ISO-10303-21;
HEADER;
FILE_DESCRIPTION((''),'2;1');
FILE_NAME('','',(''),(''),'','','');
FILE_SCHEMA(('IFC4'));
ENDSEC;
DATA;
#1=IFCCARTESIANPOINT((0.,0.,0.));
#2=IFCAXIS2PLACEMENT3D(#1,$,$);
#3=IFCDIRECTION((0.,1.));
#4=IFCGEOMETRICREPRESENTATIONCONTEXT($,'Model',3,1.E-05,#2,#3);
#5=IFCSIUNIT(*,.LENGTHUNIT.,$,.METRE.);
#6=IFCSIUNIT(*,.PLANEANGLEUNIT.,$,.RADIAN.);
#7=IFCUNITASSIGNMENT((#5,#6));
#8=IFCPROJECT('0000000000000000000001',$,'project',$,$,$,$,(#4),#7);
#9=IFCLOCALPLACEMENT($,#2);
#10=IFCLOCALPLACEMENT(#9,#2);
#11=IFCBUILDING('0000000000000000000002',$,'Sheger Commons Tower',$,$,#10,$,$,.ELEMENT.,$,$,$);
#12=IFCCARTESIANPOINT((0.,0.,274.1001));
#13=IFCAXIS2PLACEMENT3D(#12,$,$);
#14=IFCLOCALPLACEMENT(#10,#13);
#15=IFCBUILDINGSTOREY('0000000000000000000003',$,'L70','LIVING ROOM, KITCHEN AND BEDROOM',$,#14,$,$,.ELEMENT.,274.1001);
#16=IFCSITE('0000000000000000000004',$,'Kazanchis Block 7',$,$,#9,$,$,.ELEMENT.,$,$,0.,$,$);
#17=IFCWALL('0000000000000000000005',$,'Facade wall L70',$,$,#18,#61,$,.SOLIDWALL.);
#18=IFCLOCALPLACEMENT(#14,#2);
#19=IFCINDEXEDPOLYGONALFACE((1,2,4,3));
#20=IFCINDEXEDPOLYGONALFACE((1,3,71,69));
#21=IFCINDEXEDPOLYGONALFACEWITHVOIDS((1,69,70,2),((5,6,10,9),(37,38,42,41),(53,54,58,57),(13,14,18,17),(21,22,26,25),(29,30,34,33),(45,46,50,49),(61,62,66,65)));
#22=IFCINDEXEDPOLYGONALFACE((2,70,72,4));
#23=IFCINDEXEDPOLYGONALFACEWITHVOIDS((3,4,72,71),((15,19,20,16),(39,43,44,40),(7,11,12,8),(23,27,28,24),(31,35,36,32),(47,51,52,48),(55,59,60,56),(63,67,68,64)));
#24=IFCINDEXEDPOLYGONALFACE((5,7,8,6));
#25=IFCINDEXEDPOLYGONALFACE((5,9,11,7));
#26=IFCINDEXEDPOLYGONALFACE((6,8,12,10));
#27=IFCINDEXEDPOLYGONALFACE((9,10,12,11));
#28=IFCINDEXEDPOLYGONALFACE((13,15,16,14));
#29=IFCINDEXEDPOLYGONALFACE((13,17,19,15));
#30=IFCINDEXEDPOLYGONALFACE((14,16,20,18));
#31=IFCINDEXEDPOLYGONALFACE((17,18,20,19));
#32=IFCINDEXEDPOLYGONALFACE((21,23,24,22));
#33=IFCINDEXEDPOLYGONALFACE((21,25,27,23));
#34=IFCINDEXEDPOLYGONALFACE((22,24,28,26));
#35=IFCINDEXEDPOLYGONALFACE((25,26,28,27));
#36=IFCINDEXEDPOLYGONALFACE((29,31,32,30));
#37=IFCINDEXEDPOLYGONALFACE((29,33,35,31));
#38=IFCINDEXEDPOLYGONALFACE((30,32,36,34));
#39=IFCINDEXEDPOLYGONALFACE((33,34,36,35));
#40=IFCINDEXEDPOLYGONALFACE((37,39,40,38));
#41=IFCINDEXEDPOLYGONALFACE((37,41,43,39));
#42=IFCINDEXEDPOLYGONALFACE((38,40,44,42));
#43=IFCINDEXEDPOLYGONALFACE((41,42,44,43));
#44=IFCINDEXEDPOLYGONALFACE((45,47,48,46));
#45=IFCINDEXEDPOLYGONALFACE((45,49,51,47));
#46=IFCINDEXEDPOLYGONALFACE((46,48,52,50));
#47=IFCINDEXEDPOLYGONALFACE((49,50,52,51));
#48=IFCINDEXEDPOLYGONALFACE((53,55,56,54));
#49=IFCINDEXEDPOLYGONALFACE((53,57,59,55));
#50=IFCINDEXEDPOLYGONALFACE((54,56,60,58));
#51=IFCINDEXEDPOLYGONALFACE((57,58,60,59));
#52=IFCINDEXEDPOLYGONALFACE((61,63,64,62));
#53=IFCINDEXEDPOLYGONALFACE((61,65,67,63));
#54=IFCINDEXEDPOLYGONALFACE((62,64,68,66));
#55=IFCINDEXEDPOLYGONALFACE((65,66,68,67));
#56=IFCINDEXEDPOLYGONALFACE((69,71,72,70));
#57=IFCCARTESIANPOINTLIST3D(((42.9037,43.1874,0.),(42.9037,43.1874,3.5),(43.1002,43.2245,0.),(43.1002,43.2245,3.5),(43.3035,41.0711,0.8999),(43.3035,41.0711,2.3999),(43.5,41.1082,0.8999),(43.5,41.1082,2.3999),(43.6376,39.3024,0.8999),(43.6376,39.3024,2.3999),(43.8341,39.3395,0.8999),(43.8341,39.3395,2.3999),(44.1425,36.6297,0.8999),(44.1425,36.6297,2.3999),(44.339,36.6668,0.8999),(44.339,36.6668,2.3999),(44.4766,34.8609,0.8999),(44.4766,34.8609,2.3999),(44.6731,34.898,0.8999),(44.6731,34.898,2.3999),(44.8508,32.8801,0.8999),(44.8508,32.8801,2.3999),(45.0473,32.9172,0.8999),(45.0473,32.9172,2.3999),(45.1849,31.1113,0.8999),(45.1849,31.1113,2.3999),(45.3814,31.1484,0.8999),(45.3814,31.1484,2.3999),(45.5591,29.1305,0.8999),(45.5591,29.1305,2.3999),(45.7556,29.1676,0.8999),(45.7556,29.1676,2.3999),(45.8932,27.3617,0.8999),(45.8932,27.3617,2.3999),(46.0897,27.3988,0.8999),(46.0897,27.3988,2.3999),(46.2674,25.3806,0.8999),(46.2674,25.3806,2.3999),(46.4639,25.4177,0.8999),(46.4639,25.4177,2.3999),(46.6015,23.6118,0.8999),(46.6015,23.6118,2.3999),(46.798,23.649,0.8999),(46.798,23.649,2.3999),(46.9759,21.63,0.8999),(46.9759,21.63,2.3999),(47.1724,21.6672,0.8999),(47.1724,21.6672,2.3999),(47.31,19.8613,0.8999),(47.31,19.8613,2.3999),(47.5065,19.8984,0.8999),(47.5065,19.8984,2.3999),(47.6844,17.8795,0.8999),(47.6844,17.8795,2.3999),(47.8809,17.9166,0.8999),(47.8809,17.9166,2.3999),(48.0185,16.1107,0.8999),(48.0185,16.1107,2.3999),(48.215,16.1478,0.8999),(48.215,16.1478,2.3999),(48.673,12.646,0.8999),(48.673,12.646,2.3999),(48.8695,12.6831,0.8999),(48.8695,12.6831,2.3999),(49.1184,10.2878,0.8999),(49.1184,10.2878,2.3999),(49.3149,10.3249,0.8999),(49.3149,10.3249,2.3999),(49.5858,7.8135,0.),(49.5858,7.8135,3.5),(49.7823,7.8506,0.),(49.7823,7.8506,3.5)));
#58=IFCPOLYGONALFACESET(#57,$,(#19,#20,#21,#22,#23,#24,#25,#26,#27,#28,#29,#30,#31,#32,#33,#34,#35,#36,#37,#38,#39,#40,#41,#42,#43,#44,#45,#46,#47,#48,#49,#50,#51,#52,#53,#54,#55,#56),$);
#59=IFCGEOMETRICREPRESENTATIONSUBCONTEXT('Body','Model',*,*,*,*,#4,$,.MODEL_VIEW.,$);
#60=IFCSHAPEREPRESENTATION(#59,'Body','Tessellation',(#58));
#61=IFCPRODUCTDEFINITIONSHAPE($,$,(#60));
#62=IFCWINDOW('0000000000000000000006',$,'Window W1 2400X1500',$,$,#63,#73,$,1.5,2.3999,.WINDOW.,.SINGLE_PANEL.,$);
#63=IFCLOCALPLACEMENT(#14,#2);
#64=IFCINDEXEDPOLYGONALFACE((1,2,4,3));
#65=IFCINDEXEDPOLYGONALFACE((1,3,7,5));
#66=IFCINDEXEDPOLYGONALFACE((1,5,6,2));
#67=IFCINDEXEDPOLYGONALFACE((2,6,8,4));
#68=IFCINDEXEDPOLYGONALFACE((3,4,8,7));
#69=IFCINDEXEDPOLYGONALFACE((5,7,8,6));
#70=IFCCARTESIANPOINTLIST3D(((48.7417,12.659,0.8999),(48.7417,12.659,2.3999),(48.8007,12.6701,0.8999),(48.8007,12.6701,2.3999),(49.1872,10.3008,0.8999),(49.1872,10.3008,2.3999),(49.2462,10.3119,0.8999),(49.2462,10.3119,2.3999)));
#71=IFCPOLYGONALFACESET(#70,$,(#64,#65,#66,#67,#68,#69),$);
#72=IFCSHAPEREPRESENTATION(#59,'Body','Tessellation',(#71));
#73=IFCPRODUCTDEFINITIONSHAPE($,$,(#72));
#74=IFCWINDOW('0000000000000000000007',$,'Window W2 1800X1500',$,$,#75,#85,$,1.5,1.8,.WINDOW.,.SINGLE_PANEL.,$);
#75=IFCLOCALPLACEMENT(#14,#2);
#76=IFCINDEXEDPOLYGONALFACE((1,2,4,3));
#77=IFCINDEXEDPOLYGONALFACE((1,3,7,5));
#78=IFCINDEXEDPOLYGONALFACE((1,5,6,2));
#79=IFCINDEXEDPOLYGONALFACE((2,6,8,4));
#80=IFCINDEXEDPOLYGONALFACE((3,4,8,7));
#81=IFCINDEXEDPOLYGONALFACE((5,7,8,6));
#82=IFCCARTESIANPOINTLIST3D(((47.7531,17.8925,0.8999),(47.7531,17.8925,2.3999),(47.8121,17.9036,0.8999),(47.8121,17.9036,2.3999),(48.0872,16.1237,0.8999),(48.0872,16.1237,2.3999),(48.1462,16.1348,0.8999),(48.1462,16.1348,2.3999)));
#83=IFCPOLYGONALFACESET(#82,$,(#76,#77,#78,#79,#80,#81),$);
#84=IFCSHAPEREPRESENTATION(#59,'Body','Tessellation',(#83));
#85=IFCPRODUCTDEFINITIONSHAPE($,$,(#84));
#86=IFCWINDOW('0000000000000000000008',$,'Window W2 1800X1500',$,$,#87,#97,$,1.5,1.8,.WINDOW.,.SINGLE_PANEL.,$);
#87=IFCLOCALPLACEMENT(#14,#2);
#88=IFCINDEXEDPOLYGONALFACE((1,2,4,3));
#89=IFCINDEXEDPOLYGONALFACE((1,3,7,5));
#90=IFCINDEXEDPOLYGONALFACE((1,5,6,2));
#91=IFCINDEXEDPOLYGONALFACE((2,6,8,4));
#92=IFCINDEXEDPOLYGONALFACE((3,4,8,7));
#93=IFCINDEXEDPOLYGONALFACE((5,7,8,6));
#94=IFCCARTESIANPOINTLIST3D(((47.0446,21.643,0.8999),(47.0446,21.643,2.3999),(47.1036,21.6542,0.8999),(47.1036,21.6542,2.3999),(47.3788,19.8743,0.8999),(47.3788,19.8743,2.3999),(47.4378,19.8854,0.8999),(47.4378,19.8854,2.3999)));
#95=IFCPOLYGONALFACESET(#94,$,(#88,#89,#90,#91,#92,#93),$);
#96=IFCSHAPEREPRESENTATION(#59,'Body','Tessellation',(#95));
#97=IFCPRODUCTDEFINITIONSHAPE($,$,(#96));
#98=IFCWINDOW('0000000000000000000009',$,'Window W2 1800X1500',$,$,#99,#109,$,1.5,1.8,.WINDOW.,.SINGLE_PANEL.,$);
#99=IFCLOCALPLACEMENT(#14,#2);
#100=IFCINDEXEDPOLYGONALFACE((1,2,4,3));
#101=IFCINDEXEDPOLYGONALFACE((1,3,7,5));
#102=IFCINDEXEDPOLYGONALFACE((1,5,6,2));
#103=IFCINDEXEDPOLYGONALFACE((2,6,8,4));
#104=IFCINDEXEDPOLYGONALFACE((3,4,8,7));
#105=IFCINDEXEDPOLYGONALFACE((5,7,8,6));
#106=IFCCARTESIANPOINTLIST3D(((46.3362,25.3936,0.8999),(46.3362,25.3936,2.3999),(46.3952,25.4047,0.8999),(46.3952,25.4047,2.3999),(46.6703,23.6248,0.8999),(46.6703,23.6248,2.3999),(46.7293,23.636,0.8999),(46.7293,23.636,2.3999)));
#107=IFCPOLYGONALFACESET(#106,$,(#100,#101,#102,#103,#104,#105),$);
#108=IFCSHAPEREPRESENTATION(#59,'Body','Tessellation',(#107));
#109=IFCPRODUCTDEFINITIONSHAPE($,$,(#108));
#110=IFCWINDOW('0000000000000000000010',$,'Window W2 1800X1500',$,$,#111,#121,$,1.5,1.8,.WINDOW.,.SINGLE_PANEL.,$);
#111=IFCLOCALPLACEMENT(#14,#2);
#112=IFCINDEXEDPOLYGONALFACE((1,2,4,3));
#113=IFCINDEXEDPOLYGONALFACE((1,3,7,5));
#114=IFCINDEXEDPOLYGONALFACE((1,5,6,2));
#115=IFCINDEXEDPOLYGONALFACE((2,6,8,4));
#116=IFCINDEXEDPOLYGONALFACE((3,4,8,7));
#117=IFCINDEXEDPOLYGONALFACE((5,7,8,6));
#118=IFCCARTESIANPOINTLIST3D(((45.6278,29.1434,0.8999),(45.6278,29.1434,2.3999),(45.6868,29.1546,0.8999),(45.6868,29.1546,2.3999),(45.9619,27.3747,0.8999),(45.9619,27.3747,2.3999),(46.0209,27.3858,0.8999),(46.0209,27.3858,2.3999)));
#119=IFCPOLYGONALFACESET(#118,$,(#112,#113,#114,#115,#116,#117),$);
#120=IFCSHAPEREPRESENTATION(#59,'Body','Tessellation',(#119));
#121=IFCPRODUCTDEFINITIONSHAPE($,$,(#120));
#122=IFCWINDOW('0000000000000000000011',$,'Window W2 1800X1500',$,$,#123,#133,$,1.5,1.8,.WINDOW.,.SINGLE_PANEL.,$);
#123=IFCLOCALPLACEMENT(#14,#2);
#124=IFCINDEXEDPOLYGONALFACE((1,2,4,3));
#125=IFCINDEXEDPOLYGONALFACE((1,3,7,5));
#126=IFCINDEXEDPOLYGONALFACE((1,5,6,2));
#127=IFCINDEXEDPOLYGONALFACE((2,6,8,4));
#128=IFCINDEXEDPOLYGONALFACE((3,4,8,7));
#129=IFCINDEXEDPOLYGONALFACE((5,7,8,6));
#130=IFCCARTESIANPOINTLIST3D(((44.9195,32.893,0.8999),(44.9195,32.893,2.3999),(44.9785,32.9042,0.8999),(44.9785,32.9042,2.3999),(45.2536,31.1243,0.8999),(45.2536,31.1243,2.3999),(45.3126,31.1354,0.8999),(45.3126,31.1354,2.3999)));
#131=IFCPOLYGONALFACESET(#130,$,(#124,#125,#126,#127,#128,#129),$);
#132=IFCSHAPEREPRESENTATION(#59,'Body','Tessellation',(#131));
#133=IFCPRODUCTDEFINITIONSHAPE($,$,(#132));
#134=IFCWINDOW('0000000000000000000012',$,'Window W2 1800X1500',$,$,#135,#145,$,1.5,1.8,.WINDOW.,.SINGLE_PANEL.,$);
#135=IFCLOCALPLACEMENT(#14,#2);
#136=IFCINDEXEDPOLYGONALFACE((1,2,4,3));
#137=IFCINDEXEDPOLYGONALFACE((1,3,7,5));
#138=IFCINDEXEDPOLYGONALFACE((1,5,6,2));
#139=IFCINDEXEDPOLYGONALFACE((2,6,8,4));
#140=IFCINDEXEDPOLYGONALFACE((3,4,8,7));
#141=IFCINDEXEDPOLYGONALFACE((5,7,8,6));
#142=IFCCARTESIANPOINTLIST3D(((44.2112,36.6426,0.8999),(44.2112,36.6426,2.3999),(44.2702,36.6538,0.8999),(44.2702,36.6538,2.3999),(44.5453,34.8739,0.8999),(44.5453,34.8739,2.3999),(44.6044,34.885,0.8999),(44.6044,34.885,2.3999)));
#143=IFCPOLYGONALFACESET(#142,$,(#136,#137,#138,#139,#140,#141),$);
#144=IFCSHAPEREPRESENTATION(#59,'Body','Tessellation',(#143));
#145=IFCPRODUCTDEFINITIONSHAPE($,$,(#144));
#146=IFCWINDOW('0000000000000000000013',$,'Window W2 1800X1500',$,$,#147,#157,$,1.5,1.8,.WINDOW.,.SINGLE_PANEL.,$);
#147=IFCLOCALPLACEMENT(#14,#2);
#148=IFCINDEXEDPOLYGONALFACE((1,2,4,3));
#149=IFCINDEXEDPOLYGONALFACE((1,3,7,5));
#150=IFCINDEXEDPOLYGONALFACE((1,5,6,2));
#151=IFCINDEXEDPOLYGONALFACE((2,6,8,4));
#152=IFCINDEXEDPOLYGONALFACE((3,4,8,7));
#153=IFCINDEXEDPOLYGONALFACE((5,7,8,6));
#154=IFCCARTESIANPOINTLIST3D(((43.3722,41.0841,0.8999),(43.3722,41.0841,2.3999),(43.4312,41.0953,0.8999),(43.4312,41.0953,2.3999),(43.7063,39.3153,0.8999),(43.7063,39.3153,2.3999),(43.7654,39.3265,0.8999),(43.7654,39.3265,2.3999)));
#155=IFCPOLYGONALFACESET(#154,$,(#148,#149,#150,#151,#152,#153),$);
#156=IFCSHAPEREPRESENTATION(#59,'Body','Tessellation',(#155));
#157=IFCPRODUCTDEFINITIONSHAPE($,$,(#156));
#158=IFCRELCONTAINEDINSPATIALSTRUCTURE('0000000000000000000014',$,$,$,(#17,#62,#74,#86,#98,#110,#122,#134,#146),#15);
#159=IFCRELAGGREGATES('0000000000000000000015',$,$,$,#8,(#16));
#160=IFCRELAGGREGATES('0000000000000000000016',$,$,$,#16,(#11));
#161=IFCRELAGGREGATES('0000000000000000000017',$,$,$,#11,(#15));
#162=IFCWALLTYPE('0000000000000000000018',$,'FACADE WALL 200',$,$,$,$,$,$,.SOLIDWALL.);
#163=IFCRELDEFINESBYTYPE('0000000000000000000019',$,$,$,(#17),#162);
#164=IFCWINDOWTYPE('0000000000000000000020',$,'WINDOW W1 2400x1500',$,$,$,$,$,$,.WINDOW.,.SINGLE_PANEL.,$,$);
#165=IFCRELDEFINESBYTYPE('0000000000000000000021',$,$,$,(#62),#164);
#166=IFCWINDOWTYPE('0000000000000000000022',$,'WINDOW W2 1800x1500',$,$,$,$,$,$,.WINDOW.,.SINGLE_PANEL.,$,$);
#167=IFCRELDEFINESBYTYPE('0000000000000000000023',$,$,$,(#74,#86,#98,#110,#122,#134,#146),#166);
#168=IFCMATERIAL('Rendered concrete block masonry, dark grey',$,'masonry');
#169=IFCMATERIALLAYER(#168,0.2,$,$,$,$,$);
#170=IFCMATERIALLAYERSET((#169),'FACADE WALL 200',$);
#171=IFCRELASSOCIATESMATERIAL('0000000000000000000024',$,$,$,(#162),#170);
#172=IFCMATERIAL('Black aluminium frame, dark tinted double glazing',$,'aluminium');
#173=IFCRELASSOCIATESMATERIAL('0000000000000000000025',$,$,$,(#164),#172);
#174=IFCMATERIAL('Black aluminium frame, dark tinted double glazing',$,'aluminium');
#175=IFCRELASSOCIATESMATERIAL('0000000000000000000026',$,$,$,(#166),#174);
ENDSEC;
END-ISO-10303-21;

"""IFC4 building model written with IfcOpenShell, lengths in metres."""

from ifc_helpers import new_model, si_unit, direction, frame, frame_2d, origin, place, context, subcontext, project, spatial, rectangle, extrude, material, layer, layer_set, type_object, element, fill, save


model = new_model("IFC4")

# Units and contexts
model_context = context("Model", 3, precision=1e-05, world=origin(), true_north=direction((0.0, 1.0)))
body_context = subcontext(model_context, "Body", "Model", "MODEL_VIEW")
ifc_project = project(units=[si_unit("LENGTHUNIT", "METRE"), si_unit("PLANEANGLEUNIT", "RADIAN")], contexts=[model_context])

# Site, building, storey
site_placement = place(None, origin())
site = spatial("IfcSite", under=ifc_project, at=site_placement, Name="Kazanchis Block 7", CompositionType="ELEMENT", RefElevation=0.0)
building_placement = place(site_placement, origin())
building = spatial("IfcBuilding", under=site, at=building_placement, Name="Sheger Commons Tower", CompositionType="ELEMENT")
storey_placement = place(building_placement, frame((0.0, 0.0, 274.1001)))
storey = spatial("IfcBuildingStorey", under=building, at=storey_placement, Name="L70", Description="LIVING ROOM, KITCHEN AND BEDROOM", CompositionType="ELEMENT", Elevation=274.1001)

# Shared definitions
ifc_material_1 = material(Name="Rendered concrete block masonry, dark grey", Category="masonry")
ifc_layer_1 = layer(ifc_material_1, 0.2)
ifc_layer_set_1 = layer_set([ifc_layer_1], Name="FACADE WALL 200")
wall_type_1 = type_object("IfcWallType", Name="FACADE WALL 200", PredefinedType="SOLIDWALL", material=ifc_layer_set_1)

# Wall, openings, windows
wall_1_placement = place(storey_placement, frame((49.6841, 7.832, 0.0), z_axis=(0.0, 0.0, 1.0), x_axis=(-0.185617, 0.982622, 0.0)))
wall_1 = element("IfcWall", 1, at=wall_1_placement, inside=storey, type_object=wall_type_1, Name="Facade wall L70", PredefinedType="SOLIDWALL", context=body_context, shape_type="SweptSolid", body=[
    extrude(rectangle(XDim=35.9995, YDim=0.2, at=frame_2d((17.9998, 0.0))), origin(), (0.0, 0.0, 1.0), 3.5),
])
opening_1_placement = place(wall_1_placement, frame((2.5181, 0.0, 0.8999)))
opening_1 = element("IfcOpeningElement", 2, at=opening_1_placement, cuts=wall_1, PredefinedType="OPENING", context=body_context, shape_type="SweptSolid", body=[
    extrude(rectangle(XDim=2.3999, YDim=1.5, at=frame_2d((1.2, 0.75))), frame((0.0, 0.1099, 0.0), z_axis=(0.0, -1.0, 0.0), x_axis=(1.0, 0.0, 0.0)), (0.0, 0.0, 1.0), 0.22),
])
opening_2_placement = place(wall_1_placement, frame((8.4441, 0.0, 0.8999)))
opening_2 = element("IfcOpeningElement", 3, at=opening_2_placement, cuts=wall_1, PredefinedType="OPENING", context=body_context, shape_type="SweptSolid", body=[
    extrude(rectangle(XDim=1.8, YDim=1.5, at=frame_2d((0.8999, 0.75))), frame((0.0, 0.1099, 0.0), z_axis=(0.0, -1.0, 0.0), x_axis=(1.0, 0.0, 0.0)), (0.0, 0.0, 1.0), 0.22),
])
opening_3_placement = place(wall_1_placement, frame((12.261, 0.0, 0.8999)))
opening_3 = element("IfcOpeningElement", 4, at=opening_3_placement, cuts=wall_1, PredefinedType="OPENING", context=body_context, shape_type="SweptSolid", body=[
    extrude(rectangle(XDim=1.8, YDim=1.5, at=frame_2d((0.8999, 0.75))), frame((0.0, 0.1099, 0.0), z_axis=(0.0, -1.0, 0.0), x_axis=(1.0, 0.0, 0.0)), (0.0, 0.0, 1.0), 0.22),
])
opening_4_placement = place(wall_1_placement, frame((16.0779, 0.0, 0.8999)))
opening_4 = element("IfcOpeningElement", 5, at=opening_4_placement, cuts=wall_1, PredefinedType="OPENING", context=body_context, shape_type="SweptSolid", body=[
    extrude(rectangle(XDim=1.8, YDim=1.5, at=frame_2d((0.8999, 0.75))), frame((0.0, 0.1099, 0.0), z_axis=(0.0, -1.0, 0.0), x_axis=(1.0, 0.0, 0.0)), (0.0, 0.0, 1.0), 0.22),
])
opening_5_placement = place(wall_1_placement, frame((19.894, 0.0, 0.8999)))
opening_5 = element("IfcOpeningElement", 6, at=opening_5_placement, cuts=wall_1, PredefinedType="OPENING", context=body_context, shape_type="SweptSolid", body=[
    extrude(rectangle(XDim=1.8, YDim=1.5, at=frame_2d((0.8999, 0.75))), frame((0.0, 0.1099, 0.0), z_axis=(0.0, -1.0, 0.0), x_axis=(1.0, 0.0, 0.0)), (0.0, 0.0, 1.0), 0.22),
])
opening_6_placement = place(wall_1_placement, frame((23.71, 0.0, 0.8999)))
opening_6 = element("IfcOpeningElement", 7, at=opening_6_placement, cuts=wall_1, PredefinedType="OPENING", context=body_context, shape_type="SweptSolid", body=[
    extrude(rectangle(XDim=1.8, YDim=1.5, at=frame_2d((0.8999, 0.75))), frame((0.0, 0.1099, 0.0), z_axis=(0.0, -1.0, 0.0), x_axis=(1.0, 0.0, 0.0)), (0.0, 0.0, 1.0), 0.22),
])
opening_7_placement = place(wall_1_placement, frame((27.5259, 0.0, 0.8999)))
opening_7 = element("IfcOpeningElement", 8, at=opening_7_placement, cuts=wall_1, PredefinedType="OPENING", context=body_context, shape_type="SweptSolid", body=[
    extrude(rectangle(XDim=1.8, YDim=1.5, at=frame_2d((0.8999, 0.75))), frame((0.0, 0.1099, 0.0), z_axis=(0.0, -1.0, 0.0), x_axis=(1.0, 0.0, 0.0)), (0.0, 0.0, 1.0), 0.22),
])
opening_8_placement = place(wall_1_placement, frame((32.0459, 0.0, 0.8999)))
opening_8 = element("IfcOpeningElement", 9, at=opening_8_placement, cuts=wall_1, PredefinedType="OPENING", context=body_context, shape_type="SweptSolid", body=[
    extrude(rectangle(XDim=1.8, YDim=1.5, at=frame_2d((0.8999, 0.75))), frame((0.0, 0.1099, 0.0), z_axis=(0.0, -1.0, 0.0), x_axis=(1.0, 0.0, 0.0)), (0.0, 0.0, 1.0), 0.22),
])
ifc_material_2 = material(Name="Black aluminium frame, dark tinted double glazing", Category="aluminium")
window_type_1 = type_object("IfcWindowType", Name="WINDOW W1 2400x1500", PartitioningType="SINGLE_PANEL", PredefinedType="WINDOW", material=ifc_material_2)
window_1_placement = place(opening_1_placement, origin())
window_1 = element("IfcWindow", 10, at=window_1_placement, inside=storey, type_object=window_type_1, Name="Window W1 2400X1500", OverallHeight=1.5, OverallWidth=2.3999, PartitioningType="SINGLE_PANEL", PredefinedType="WINDOW", context=body_context, shape_type="SweptSolid", body=[
    extrude(rectangle(XDim=2.3999, YDim=1.5, at=frame_2d((1.2, 0.75))), frame((0.0, 0.03, 0.0), z_axis=(0.0, -1.0, 0.0), x_axis=(1.0, 0.0, 0.0)), (0.0, 0.0, 1.0), 0.0601),
])
fill(opening_1, window_1)
ifc_material_3 = material(Name="Black aluminium frame, dark tinted double glazing", Category="aluminium")
window_type_2 = type_object("IfcWindowType", Name="WINDOW W2 1800x1500", PartitioningType="SINGLE_PANEL", PredefinedType="WINDOW", material=ifc_material_3)
window_2_placement = place(opening_2_placement, origin())
window_2 = element("IfcWindow", 11, at=window_2_placement, inside=storey, type_object=window_type_2, Name="Window W2 1800X1500", OverallHeight=1.5, OverallWidth=1.8, PartitioningType="SINGLE_PANEL", PredefinedType="WINDOW", context=body_context, shape_type="SweptSolid", body=[
    extrude(rectangle(XDim=1.8, YDim=1.5, at=frame_2d((0.8999, 0.75))), frame((0.0, 0.03, 0.0), z_axis=(0.0, -1.0, 0.0), x_axis=(1.0, 0.0, 0.0)), (0.0, 0.0, 1.0), 0.0601),
])
fill(opening_2, window_2)
window_3_placement = place(opening_3_placement, origin())
window_3 = element("IfcWindow", 12, at=window_3_placement, inside=storey, type_object=window_type_2, Name="Window W2 1800X1500", OverallHeight=1.5, OverallWidth=1.8, PartitioningType="SINGLE_PANEL", PredefinedType="WINDOW", context=body_context, shape_type="SweptSolid", body=[
    extrude(rectangle(XDim=1.8, YDim=1.5, at=frame_2d((0.8999, 0.75))), frame((0.0, 0.03, 0.0), z_axis=(0.0, -1.0, 0.0), x_axis=(1.0, 0.0, 0.0)), (0.0, 0.0, 1.0), 0.0601),
])
fill(opening_3, window_3)
window_4_placement = place(opening_4_placement, origin())
window_4 = element("IfcWindow", 13, at=window_4_placement, inside=storey, type_object=window_type_2, Name="Window W2 1800X1500", OverallHeight=1.5, OverallWidth=1.8, PartitioningType="SINGLE_PANEL", PredefinedType="WINDOW", context=body_context, shape_type="SweptSolid", body=[
    extrude(rectangle(XDim=1.8, YDim=1.5, at=frame_2d((0.8999, 0.75))), frame((0.0, 0.03, 0.0), z_axis=(0.0, -1.0, 0.0), x_axis=(1.0, 0.0, 0.0)), (0.0, 0.0, 1.0), 0.0601),
])
fill(opening_4, window_4)
window_5_placement = place(opening_5_placement, origin())
window_5 = element("IfcWindow", 14, at=window_5_placement, inside=storey, type_object=window_type_2, Name="Window W2 1800X1500", OverallHeight=1.5, OverallWidth=1.8, PartitioningType="SINGLE_PANEL", PredefinedType="WINDOW", context=body_context, shape_type="SweptSolid", body=[
    extrude(rectangle(XDim=1.8, YDim=1.5, at=frame_2d((0.8999, 0.75))), frame((0.0, 0.03, 0.0), z_axis=(0.0, -1.0, 0.0), x_axis=(1.0, 0.0, 0.0)), (0.0, 0.0, 1.0), 0.0601),
])
fill(opening_5, window_5)
window_6_placement = place(opening_6_placement, origin())
window_6 = element("IfcWindow", 15, at=window_6_placement, inside=storey, type_object=window_type_2, Name="Window W2 1800X1500", OverallHeight=1.5, OverallWidth=1.8, PartitioningType="SINGLE_PANEL", PredefinedType="WINDOW", context=body_context, shape_type="SweptSolid", body=[
    extrude(rectangle(XDim=1.8, YDim=1.5, at=frame_2d((0.8999, 0.75))), frame((0.0, 0.03, 0.0), z_axis=(0.0, -1.0, 0.0), x_axis=(1.0, 0.0, 0.0)), (0.0, 0.0, 1.0), 0.0601),
])
fill(opening_6, window_6)
window_7_placement = place(opening_7_placement, origin())
window_7 = element("IfcWindow", 16, at=window_7_placement, inside=storey, type_object=window_type_2, Name="Window W2 1800X1500", OverallHeight=1.5, OverallWidth=1.8, PartitioningType="SINGLE_PANEL", PredefinedType="WINDOW", context=body_context, shape_type="SweptSolid", body=[
    extrude(rectangle(XDim=1.8, YDim=1.5, at=frame_2d((0.8999, 0.75))), frame((0.0, 0.03, 0.0), z_axis=(0.0, -1.0, 0.0), x_axis=(1.0, 0.0, 0.0)), (0.0, 0.0, 1.0), 0.0601),
])
fill(opening_7, window_7)
window_8_placement = place(opening_8_placement, origin())
window_8 = element("IfcWindow", 17, at=window_8_placement, inside=storey, type_object=window_type_2, Name="Window W2 1800X1500", OverallHeight=1.5, OverallWidth=1.8, PartitioningType="SINGLE_PANEL", PredefinedType="WINDOW", context=body_context, shape_type="SweptSolid", body=[
    extrude(rectangle(XDim=1.8, YDim=1.5, at=frame_2d((0.8999, 0.75))), frame((0.0, 0.03, 0.0), z_axis=(0.0, -1.0, 0.0), x_axis=(1.0, 0.0, 0.0)), (0.0, 0.0, 1.0), 0.0601),
])
fill(opening_8, window_8)

save(model, "model.ifc")
